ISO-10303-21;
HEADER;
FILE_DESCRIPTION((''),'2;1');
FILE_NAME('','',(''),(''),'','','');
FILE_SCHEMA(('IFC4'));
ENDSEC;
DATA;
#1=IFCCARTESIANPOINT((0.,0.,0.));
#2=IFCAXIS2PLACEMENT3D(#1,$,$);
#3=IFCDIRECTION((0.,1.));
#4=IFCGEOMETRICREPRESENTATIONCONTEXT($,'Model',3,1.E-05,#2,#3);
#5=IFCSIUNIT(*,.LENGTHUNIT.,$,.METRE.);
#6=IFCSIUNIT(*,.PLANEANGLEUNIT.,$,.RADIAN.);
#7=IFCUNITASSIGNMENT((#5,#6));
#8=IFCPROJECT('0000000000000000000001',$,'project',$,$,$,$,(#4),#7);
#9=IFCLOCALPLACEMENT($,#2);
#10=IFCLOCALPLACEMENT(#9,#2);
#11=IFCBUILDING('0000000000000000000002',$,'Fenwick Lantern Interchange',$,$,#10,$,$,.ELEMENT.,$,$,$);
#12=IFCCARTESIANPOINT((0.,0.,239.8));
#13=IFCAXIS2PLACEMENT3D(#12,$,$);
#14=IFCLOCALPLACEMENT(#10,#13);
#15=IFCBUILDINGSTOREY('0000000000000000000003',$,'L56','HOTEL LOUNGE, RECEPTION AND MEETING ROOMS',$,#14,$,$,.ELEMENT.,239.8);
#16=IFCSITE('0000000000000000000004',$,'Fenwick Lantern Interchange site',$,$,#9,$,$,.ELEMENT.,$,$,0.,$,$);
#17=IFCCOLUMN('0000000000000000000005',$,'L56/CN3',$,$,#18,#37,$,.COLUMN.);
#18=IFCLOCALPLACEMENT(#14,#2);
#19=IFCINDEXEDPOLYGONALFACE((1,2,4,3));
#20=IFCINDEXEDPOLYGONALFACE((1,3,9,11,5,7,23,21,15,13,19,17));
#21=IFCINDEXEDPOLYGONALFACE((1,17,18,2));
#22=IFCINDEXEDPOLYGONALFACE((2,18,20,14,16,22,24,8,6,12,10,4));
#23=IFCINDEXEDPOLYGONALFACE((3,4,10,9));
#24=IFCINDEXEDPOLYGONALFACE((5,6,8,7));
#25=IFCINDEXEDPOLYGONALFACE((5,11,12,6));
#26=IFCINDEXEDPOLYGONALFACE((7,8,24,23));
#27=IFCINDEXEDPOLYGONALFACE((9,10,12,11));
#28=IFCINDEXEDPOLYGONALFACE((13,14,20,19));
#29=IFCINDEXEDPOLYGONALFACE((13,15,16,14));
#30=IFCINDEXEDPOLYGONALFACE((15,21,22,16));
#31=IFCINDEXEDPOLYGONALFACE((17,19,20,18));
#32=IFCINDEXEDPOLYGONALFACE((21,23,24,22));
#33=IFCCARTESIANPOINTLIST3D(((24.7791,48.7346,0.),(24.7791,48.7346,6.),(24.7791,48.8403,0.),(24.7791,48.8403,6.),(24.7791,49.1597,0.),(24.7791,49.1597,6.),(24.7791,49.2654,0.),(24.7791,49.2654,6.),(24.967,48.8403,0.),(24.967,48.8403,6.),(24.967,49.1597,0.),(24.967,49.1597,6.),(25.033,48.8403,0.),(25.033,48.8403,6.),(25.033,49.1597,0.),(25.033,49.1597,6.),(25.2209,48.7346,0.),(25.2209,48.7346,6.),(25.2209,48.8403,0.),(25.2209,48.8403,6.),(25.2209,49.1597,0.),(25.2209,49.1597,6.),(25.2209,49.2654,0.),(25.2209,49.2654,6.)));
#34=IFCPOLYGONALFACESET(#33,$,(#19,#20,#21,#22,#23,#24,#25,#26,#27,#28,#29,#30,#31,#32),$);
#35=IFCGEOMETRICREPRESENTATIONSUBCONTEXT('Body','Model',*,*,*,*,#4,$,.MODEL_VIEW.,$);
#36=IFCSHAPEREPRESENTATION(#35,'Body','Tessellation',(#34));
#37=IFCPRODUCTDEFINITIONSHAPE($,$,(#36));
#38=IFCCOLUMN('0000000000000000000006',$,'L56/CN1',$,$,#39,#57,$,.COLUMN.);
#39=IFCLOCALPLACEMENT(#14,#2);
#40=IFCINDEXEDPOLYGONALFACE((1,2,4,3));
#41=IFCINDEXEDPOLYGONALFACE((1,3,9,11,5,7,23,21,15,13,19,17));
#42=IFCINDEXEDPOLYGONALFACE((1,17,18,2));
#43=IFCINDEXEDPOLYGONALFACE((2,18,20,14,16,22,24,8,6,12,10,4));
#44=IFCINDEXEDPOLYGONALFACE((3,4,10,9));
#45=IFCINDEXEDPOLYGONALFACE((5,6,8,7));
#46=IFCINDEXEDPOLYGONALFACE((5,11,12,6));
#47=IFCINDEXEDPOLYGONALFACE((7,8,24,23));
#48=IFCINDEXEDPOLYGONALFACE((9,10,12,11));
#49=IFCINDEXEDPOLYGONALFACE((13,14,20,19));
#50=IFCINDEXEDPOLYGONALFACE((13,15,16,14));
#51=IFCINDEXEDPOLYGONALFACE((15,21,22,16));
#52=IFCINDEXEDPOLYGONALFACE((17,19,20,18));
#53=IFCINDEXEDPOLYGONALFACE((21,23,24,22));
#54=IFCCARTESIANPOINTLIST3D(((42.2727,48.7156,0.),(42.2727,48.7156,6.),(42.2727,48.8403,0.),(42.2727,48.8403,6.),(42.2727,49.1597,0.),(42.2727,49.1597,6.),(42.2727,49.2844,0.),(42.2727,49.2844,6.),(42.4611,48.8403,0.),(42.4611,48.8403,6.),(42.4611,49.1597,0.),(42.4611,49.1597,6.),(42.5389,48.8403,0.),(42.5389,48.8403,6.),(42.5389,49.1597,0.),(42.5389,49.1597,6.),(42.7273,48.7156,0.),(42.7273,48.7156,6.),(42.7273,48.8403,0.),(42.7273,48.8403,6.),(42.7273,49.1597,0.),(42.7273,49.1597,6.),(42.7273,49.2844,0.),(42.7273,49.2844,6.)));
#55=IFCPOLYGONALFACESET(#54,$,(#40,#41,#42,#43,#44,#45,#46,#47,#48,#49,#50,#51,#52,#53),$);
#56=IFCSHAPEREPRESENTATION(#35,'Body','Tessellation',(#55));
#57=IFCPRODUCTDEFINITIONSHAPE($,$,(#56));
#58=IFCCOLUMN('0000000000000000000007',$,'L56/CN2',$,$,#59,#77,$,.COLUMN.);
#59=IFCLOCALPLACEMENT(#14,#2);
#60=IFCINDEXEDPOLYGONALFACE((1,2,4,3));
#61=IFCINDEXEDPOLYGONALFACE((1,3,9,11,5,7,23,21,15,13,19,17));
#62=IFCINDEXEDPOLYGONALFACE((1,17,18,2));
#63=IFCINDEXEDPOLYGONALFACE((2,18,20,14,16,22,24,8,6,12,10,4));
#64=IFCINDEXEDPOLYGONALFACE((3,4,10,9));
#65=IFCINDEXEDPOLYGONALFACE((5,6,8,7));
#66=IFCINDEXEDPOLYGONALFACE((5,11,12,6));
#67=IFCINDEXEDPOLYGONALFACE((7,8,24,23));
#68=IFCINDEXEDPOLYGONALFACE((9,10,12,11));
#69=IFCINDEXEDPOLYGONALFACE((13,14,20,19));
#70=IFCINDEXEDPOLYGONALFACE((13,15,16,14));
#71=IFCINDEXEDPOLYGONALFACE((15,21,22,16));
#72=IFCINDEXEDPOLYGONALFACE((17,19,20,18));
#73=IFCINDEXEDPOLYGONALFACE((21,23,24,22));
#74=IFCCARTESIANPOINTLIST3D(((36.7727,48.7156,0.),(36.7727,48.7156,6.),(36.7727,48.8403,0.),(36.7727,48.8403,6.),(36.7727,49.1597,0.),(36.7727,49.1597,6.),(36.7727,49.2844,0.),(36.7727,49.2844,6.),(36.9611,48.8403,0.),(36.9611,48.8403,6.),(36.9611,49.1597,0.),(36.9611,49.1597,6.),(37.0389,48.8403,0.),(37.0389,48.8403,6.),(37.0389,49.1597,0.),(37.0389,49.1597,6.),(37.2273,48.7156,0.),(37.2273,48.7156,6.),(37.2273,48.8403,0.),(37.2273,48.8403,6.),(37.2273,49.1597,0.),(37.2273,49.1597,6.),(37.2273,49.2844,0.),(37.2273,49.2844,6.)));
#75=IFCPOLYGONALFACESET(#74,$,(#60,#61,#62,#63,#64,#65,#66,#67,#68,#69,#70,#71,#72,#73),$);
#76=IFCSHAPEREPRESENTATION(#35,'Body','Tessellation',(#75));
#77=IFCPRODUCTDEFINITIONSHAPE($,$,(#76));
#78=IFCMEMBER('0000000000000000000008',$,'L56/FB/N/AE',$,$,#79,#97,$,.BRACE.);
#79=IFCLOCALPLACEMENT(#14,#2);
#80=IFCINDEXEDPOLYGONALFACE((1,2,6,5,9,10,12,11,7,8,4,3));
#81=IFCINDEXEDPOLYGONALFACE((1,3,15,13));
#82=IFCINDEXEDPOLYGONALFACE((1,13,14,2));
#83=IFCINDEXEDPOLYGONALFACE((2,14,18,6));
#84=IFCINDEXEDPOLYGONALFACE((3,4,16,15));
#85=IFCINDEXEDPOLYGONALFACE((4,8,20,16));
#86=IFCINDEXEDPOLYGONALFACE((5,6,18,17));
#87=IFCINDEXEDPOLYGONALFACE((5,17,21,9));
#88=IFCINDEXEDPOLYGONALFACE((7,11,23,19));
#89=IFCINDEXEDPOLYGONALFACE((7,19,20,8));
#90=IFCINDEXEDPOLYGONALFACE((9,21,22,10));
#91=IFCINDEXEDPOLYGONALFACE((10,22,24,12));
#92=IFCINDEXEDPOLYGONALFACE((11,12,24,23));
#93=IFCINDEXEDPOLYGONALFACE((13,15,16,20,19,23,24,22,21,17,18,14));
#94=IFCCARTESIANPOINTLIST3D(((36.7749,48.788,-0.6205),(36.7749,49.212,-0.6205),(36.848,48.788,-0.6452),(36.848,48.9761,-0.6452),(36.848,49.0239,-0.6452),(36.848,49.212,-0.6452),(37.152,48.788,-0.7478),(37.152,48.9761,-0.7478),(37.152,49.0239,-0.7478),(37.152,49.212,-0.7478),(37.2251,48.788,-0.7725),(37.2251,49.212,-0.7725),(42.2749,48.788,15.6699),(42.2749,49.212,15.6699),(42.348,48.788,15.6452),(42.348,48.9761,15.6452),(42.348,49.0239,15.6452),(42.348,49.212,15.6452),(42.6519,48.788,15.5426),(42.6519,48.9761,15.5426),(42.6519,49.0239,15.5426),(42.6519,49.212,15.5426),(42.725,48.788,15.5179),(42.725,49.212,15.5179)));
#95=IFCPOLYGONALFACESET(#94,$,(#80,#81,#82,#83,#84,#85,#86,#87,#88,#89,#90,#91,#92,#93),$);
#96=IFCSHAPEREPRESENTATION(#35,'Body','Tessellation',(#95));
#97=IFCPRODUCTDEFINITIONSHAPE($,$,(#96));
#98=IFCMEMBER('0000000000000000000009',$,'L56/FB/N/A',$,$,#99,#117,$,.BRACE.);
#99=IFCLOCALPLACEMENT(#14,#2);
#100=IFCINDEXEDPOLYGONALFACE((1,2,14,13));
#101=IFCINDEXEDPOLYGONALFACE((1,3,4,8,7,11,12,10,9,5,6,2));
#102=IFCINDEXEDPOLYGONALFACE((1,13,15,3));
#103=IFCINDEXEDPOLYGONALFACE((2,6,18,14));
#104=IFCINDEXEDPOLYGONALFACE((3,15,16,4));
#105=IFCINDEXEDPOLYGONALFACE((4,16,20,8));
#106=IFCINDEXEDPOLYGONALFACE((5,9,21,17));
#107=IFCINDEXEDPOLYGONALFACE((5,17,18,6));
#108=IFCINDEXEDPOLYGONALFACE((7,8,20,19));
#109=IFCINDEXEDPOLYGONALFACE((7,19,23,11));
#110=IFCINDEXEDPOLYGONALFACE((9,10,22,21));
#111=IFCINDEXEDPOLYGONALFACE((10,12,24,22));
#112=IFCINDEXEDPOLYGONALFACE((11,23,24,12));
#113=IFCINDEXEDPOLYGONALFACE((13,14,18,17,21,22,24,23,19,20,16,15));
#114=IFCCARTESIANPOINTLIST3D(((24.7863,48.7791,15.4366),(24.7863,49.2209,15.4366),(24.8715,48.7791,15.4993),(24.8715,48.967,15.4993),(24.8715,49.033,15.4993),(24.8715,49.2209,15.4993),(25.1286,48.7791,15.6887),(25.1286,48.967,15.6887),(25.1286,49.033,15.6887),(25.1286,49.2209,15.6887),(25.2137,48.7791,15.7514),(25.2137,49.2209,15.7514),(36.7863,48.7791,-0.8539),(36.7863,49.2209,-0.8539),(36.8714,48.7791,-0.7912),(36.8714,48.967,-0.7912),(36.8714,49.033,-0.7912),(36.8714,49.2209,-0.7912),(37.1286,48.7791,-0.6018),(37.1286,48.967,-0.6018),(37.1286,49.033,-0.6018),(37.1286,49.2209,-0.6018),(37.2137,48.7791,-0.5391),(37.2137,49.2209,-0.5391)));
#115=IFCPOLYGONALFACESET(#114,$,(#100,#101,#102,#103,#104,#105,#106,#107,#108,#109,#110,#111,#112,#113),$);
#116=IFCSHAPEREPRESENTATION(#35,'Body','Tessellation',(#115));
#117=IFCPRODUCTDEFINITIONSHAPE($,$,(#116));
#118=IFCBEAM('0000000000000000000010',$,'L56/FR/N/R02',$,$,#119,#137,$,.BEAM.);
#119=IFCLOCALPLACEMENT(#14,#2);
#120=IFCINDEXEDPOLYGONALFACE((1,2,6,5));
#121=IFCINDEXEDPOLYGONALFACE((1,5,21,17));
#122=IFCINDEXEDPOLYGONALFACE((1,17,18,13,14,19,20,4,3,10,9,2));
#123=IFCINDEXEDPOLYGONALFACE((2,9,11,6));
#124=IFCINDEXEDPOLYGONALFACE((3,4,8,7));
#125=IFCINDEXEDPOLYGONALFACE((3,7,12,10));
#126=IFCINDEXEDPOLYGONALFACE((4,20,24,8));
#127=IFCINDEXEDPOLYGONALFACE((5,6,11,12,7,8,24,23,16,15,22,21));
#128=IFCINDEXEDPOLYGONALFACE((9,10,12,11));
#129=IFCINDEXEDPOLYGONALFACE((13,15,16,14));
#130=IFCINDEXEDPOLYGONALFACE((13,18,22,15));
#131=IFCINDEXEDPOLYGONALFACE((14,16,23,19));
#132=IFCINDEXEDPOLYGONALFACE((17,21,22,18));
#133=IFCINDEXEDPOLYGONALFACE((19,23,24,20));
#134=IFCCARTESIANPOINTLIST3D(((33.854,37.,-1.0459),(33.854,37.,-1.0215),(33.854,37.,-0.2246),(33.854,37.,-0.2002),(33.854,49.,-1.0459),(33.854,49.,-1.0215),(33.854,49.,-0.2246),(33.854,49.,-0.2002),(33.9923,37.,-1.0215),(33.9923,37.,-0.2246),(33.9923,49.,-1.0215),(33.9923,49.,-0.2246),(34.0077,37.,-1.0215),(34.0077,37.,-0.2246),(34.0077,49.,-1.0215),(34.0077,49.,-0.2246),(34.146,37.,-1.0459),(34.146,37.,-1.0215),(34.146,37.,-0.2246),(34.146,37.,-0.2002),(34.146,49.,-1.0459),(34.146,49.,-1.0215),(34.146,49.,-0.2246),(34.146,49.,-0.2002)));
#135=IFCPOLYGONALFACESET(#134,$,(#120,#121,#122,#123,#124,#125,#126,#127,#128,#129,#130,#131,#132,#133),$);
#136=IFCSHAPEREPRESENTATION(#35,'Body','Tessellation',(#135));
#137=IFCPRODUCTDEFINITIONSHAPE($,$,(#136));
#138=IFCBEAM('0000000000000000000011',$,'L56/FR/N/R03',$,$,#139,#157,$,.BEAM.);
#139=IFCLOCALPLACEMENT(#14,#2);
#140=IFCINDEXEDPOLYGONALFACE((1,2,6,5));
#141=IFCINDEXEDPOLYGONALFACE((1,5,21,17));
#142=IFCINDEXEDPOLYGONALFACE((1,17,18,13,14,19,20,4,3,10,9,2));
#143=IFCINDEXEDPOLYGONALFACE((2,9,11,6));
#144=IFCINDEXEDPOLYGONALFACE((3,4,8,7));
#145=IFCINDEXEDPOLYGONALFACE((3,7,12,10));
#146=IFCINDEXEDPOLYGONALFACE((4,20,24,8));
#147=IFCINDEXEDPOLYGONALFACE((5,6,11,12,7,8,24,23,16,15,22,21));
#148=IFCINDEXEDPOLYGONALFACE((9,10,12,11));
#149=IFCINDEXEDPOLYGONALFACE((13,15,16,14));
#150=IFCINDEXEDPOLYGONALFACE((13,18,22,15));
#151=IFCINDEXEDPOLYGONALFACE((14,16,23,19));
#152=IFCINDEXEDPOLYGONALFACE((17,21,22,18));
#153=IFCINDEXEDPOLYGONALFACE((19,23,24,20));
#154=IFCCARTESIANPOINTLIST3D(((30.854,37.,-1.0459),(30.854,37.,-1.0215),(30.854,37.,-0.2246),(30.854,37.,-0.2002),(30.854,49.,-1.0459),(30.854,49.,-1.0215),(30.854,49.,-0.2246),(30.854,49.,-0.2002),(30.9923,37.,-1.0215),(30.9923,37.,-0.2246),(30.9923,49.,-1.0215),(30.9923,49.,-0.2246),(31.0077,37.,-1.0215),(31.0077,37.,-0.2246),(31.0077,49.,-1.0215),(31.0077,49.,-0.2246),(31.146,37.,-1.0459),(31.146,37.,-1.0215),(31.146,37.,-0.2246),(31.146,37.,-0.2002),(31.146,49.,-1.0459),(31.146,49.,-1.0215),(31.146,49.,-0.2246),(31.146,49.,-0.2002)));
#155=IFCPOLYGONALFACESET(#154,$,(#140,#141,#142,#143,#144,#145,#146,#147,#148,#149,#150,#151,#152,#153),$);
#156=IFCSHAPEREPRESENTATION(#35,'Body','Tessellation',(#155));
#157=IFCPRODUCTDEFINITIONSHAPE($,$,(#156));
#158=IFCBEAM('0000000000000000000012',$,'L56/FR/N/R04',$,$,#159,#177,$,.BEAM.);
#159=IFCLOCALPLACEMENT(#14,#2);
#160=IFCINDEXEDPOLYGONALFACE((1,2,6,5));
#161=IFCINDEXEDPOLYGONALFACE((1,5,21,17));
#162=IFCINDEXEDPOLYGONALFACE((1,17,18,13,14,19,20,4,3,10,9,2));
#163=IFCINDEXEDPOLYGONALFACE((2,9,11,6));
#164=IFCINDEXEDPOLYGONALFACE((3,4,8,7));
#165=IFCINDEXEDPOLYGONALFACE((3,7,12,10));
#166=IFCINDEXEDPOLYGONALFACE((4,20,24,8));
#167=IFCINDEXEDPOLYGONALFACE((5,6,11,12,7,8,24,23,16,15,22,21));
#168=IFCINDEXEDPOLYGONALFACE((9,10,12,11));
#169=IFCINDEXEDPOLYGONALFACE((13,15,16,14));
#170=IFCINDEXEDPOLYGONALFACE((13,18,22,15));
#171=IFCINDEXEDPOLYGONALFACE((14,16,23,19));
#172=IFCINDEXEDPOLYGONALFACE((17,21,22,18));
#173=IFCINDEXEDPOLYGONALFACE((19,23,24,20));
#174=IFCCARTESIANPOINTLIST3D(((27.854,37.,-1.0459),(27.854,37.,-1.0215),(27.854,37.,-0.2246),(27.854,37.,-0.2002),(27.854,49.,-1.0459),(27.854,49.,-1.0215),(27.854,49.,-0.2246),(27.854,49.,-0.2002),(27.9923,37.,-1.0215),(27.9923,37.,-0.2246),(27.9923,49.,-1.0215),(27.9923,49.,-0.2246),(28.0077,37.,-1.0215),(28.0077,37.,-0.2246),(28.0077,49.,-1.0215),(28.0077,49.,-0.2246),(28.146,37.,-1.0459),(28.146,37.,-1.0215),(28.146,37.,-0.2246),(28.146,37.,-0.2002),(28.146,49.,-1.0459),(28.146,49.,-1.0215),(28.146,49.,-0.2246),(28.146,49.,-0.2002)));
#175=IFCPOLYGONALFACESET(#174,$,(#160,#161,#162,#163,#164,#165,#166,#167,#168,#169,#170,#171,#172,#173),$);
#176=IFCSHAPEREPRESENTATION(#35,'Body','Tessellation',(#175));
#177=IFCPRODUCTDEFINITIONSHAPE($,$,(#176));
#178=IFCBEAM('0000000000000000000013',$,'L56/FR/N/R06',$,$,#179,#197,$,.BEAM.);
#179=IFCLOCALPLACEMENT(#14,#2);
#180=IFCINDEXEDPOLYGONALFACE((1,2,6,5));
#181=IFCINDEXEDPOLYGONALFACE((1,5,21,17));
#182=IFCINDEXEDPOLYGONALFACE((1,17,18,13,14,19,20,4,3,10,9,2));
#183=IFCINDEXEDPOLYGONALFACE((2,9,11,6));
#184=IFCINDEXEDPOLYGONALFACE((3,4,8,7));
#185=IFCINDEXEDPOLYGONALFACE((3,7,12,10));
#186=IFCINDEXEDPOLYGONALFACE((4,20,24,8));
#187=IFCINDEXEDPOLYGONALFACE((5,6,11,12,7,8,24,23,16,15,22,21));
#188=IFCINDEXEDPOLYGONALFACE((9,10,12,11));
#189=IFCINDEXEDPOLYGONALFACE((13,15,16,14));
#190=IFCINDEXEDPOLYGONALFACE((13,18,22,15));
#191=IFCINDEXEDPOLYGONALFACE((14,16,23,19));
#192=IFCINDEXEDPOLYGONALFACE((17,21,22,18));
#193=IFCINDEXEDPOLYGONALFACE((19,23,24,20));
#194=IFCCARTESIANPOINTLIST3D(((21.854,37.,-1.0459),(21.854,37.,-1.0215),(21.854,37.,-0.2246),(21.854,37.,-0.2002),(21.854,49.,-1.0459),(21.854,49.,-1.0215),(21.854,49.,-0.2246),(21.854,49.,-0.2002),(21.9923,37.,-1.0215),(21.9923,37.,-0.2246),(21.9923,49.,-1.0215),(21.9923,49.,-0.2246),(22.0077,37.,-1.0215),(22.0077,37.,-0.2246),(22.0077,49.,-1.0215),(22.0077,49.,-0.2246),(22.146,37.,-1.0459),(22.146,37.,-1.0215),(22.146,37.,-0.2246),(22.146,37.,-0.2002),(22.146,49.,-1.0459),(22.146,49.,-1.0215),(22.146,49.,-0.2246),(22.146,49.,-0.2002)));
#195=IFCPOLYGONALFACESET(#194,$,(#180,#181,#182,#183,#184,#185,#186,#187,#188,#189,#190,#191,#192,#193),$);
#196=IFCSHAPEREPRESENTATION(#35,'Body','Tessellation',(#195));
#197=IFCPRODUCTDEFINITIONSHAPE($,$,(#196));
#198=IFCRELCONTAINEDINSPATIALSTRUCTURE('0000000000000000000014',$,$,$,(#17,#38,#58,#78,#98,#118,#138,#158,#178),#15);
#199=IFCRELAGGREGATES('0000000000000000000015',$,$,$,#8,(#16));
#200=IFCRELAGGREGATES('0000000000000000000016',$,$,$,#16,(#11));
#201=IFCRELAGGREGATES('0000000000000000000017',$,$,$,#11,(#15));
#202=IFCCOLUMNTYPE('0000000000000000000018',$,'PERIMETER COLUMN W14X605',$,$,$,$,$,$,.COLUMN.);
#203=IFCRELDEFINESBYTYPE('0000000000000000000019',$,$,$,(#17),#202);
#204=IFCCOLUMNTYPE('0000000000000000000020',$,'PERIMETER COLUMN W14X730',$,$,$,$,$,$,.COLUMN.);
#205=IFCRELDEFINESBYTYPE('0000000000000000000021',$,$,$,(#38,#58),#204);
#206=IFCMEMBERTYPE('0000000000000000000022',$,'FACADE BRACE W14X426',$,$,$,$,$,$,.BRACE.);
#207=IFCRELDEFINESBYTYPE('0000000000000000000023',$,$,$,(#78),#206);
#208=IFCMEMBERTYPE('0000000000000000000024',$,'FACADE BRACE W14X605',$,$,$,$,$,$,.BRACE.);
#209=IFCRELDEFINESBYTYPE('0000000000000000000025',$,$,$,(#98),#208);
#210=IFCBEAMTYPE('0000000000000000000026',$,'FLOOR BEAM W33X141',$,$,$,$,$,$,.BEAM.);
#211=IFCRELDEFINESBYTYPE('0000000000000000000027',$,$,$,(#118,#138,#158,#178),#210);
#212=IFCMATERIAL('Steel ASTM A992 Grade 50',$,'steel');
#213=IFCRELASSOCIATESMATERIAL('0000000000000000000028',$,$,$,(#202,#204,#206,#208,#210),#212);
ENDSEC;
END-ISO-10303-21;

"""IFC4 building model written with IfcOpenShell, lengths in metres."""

from ifc_helpers import new_model, si_unit, direction, frame, origin, origin_2d, place, context, subcontext, project, spatial, i_section, extrude, material, material_profile, profile_set, type_object, element, save


model = new_model("IFC4")

# Units and contexts
model_context = context("Model", 3, precision=1e-05, world=origin(), true_north=direction((0.0, 1.0)))
body_context = subcontext(model_context, "Body", "Model", "MODEL_VIEW")
ifc_project = project(units=[si_unit("LENGTHUNIT", "METRE"), si_unit("PLANEANGLEUNIT", "RADIAN")], contexts=[model_context])

# Site, building, storey
site_placement = place(None, origin())
site = spatial("IfcSite", under=ifc_project, at=site_placement, Name="Fenwick Lantern Interchange site", CompositionType="ELEMENT", RefElevation=0.0)
building_placement = place(site_placement, origin())
building = spatial("IfcBuilding", under=site, at=building_placement, Name="Fenwick Lantern Interchange", CompositionType="ELEMENT")
storey_placement = place(building_placement, frame((0.0, 0.0, 239.8)))
storey = spatial("IfcBuildingStorey", under=building, at=storey_placement, Name="L56", Description="HOTEL LOUNGE, RECEPTION AND MEETING ROOMS", CompositionType="ELEMENT", Elevation=239.8)

# Columns
ifc_material_1 = material(Name="Steel ASTM A992 Grade 50", Category="steel")
ifc_material_profile_1 = material_profile(ifc_material_1, i_section(OverallWidth=0.4419, OverallDepth=0.5308, WebThickness=0.0659, FlangeThickness=0.1057, at=origin_2d()), Name="W14X605")
ifc_profile_set_1 = profile_set([ifc_material_profile_1], Name="Steel ASTM A992 Grade 50")
column_type_1 = type_object("IfcColumnType", Name="PERIMETER COLUMN W14X605", PredefinedType="COLUMN", material=ifc_profile_set_1)
column_placement = place(storey_placement, frame((25.0, 49.0, 0.0), z_axis=(0.0, 0.0, 1.0), x_axis=(1.0, 0.0, 0.0)))
element("IfcColumn", 1, at=column_placement, inside=storey, type_object=column_type_1, Name="L56/CN3", PredefinedType="COLUMN", context=body_context, shape_type="SweptSolid", body=[
    extrude(i_section(OverallWidth=0.4419, OverallDepth=0.5308, WebThickness=0.0659, FlangeThickness=0.1057, at=origin_2d()), origin(), (0.0, 0.0, 1.0), 6.0),
])
ifc_material_profile_2 = material_profile(ifc_material_1, i_section(OverallWidth=0.4546, OverallDepth=0.5688, WebThickness=0.0779, FlangeThickness=0.1248, at=origin_2d()), Name="W14X730")
ifc_profile_set_2 = profile_set([ifc_material_profile_2], Name="Steel ASTM A992 Grade 50")
column_type_2 = type_object("IfcColumnType", Name="PERIMETER COLUMN W14X730", PredefinedType="COLUMN", material=ifc_profile_set_2)
for number, where, z_axis, x_axis, name in (
    (2, (42.5, 49.0, 0.0), (0.0, 0.0, 1.0), (1.0, 0.0, 0.0), "L56/CN1"),
    (3, (37.0, 49.0, 0.0), (0.0, 0.0, 1.0), (1.0, 0.0, 0.0), "L56/CN2"),
):
    element("IfcColumn", number, at=place(storey_placement, frame(where, z_axis=z_axis, x_axis=x_axis)), inside=storey, type_object=column_type_2, Name=name, PredefinedType="COLUMN", context=body_context, shape_type="SweptSolid", body=[
        extrude(i_section(OverallWidth=0.4546, OverallDepth=0.5688, WebThickness=0.0779, FlangeThickness=0.1248, at=origin_2d()), origin(), (0.0, 0.0, 1.0), 6.0),
    ])

# Members
ifc_material_profile_3 = material_profile(ifc_material_1, i_section(OverallWidth=0.4241, OverallDepth=0.4751, WebThickness=0.0479, FlangeThickness=0.0771, at=origin_2d()), Name="W14X426")
ifc_profile_set_3 = profile_set([ifc_material_profile_3], Name="Steel ASTM A992 Grade 50")
member_type_1 = type_object("IfcMemberType", Name="FACADE BRACE W14X426", PredefinedType="BRACE", material=ifc_profile_set_3)
member_1_placement = place(storey_placement, frame((37.0, 49.0, -0.6965), z_axis=(0.31988, 0.0, 0.947458), x_axis=(0.0, 1.0, 0.0)))
element("IfcMember", 4, at=member_1_placement, inside=storey, type_object=member_type_1, Name="L56/FB/N/AE", PredefinedType="BRACE", context=body_context, shape_type="SweptSolid", body=[
    extrude(i_section(OverallWidth=0.4241, OverallDepth=0.4751, WebThickness=0.0479, FlangeThickness=0.0771, at=origin_2d()), origin(), (0.0, 0.0, 1.0), 17.1938),
])
ifc_material_profile_4 = material_profile(ifc_material_1, i_section(OverallWidth=0.4419, OverallDepth=0.5308, WebThickness=0.0659, FlangeThickness=0.1057, at=origin_2d()), Name="W14X605")
ifc_profile_set_4 = profile_set([ifc_material_profile_4], Name="Steel ASTM A992 Grade 50")
member_type_2 = type_object("IfcMemberType", Name="FACADE BRACE W14X605", PredefinedType="BRACE", material=ifc_profile_set_4)
member_2_placement = place(storey_placement, frame((37.0, 49.0, -0.6965), z_axis=(-0.593085, 0.0, 0.80514), x_axis=(0.0, -1.0, 0.0)))
element("IfcMember", 5, at=member_2_placement, inside=storey, type_object=member_type_2, Name="L56/FB/N/A", PredefinedType="BRACE", context=body_context, shape_type="SweptSolid", body=[
    extrude(i_section(OverallWidth=0.4419, OverallDepth=0.5308, WebThickness=0.0659, FlangeThickness=0.1057, at=origin_2d()), origin(), (0.0, 0.0, 1.0), 20.2332),
])

# Beams
ifc_material_profile_5 = material_profile(ifc_material_1, i_section(OverallWidth=0.292, OverallDepth=0.8457, WebThickness=0.0154, FlangeThickness=0.0244, at=origin_2d()), Name="W33X141")
ifc_profile_set_5 = profile_set([ifc_material_profile_5], Name="Steel ASTM A992 Grade 50")
beam_type_1 = type_object("IfcBeamType", Name="FLOOR BEAM W33X141", PredefinedType="BEAM", material=ifc_profile_set_5)
for number, where, z_axis, x_axis, name in (
    (6, (34.0, 49.0, -0.623), (0.0, -1.0, 0.0), (1.0, 0.0, 0.0), "L56/FR/N/R02"),
    (7, (31.0, 49.0, -0.623), (0.0, -1.0, 0.0), (1.0, 0.0, 0.0), "L56/FR/N/R03"),
    (8, (28.0, 49.0, -0.623), (0.0, -1.0, 0.0), (1.0, 0.0, 0.0), "L56/FR/N/R04"),
    (9, (22.0, 49.0, -0.623), (0.0, -1.0, 0.0), (1.0, 0.0, 0.0), "L56/FR/N/R06"),
):
    element("IfcBeam", number, at=place(storey_placement, frame(where, z_axis=z_axis, x_axis=x_axis)), inside=storey, type_object=beam_type_1, Name=name, PredefinedType="BEAM", context=body_context, shape_type="SweptSolid", body=[
        extrude(i_section(OverallWidth=0.292, OverallDepth=0.8457, WebThickness=0.0154, FlangeThickness=0.0244, at=origin_2d()), origin(), (0.0, 0.0, 1.0), 12.0),
    ])

save(model, "model.ifc")
